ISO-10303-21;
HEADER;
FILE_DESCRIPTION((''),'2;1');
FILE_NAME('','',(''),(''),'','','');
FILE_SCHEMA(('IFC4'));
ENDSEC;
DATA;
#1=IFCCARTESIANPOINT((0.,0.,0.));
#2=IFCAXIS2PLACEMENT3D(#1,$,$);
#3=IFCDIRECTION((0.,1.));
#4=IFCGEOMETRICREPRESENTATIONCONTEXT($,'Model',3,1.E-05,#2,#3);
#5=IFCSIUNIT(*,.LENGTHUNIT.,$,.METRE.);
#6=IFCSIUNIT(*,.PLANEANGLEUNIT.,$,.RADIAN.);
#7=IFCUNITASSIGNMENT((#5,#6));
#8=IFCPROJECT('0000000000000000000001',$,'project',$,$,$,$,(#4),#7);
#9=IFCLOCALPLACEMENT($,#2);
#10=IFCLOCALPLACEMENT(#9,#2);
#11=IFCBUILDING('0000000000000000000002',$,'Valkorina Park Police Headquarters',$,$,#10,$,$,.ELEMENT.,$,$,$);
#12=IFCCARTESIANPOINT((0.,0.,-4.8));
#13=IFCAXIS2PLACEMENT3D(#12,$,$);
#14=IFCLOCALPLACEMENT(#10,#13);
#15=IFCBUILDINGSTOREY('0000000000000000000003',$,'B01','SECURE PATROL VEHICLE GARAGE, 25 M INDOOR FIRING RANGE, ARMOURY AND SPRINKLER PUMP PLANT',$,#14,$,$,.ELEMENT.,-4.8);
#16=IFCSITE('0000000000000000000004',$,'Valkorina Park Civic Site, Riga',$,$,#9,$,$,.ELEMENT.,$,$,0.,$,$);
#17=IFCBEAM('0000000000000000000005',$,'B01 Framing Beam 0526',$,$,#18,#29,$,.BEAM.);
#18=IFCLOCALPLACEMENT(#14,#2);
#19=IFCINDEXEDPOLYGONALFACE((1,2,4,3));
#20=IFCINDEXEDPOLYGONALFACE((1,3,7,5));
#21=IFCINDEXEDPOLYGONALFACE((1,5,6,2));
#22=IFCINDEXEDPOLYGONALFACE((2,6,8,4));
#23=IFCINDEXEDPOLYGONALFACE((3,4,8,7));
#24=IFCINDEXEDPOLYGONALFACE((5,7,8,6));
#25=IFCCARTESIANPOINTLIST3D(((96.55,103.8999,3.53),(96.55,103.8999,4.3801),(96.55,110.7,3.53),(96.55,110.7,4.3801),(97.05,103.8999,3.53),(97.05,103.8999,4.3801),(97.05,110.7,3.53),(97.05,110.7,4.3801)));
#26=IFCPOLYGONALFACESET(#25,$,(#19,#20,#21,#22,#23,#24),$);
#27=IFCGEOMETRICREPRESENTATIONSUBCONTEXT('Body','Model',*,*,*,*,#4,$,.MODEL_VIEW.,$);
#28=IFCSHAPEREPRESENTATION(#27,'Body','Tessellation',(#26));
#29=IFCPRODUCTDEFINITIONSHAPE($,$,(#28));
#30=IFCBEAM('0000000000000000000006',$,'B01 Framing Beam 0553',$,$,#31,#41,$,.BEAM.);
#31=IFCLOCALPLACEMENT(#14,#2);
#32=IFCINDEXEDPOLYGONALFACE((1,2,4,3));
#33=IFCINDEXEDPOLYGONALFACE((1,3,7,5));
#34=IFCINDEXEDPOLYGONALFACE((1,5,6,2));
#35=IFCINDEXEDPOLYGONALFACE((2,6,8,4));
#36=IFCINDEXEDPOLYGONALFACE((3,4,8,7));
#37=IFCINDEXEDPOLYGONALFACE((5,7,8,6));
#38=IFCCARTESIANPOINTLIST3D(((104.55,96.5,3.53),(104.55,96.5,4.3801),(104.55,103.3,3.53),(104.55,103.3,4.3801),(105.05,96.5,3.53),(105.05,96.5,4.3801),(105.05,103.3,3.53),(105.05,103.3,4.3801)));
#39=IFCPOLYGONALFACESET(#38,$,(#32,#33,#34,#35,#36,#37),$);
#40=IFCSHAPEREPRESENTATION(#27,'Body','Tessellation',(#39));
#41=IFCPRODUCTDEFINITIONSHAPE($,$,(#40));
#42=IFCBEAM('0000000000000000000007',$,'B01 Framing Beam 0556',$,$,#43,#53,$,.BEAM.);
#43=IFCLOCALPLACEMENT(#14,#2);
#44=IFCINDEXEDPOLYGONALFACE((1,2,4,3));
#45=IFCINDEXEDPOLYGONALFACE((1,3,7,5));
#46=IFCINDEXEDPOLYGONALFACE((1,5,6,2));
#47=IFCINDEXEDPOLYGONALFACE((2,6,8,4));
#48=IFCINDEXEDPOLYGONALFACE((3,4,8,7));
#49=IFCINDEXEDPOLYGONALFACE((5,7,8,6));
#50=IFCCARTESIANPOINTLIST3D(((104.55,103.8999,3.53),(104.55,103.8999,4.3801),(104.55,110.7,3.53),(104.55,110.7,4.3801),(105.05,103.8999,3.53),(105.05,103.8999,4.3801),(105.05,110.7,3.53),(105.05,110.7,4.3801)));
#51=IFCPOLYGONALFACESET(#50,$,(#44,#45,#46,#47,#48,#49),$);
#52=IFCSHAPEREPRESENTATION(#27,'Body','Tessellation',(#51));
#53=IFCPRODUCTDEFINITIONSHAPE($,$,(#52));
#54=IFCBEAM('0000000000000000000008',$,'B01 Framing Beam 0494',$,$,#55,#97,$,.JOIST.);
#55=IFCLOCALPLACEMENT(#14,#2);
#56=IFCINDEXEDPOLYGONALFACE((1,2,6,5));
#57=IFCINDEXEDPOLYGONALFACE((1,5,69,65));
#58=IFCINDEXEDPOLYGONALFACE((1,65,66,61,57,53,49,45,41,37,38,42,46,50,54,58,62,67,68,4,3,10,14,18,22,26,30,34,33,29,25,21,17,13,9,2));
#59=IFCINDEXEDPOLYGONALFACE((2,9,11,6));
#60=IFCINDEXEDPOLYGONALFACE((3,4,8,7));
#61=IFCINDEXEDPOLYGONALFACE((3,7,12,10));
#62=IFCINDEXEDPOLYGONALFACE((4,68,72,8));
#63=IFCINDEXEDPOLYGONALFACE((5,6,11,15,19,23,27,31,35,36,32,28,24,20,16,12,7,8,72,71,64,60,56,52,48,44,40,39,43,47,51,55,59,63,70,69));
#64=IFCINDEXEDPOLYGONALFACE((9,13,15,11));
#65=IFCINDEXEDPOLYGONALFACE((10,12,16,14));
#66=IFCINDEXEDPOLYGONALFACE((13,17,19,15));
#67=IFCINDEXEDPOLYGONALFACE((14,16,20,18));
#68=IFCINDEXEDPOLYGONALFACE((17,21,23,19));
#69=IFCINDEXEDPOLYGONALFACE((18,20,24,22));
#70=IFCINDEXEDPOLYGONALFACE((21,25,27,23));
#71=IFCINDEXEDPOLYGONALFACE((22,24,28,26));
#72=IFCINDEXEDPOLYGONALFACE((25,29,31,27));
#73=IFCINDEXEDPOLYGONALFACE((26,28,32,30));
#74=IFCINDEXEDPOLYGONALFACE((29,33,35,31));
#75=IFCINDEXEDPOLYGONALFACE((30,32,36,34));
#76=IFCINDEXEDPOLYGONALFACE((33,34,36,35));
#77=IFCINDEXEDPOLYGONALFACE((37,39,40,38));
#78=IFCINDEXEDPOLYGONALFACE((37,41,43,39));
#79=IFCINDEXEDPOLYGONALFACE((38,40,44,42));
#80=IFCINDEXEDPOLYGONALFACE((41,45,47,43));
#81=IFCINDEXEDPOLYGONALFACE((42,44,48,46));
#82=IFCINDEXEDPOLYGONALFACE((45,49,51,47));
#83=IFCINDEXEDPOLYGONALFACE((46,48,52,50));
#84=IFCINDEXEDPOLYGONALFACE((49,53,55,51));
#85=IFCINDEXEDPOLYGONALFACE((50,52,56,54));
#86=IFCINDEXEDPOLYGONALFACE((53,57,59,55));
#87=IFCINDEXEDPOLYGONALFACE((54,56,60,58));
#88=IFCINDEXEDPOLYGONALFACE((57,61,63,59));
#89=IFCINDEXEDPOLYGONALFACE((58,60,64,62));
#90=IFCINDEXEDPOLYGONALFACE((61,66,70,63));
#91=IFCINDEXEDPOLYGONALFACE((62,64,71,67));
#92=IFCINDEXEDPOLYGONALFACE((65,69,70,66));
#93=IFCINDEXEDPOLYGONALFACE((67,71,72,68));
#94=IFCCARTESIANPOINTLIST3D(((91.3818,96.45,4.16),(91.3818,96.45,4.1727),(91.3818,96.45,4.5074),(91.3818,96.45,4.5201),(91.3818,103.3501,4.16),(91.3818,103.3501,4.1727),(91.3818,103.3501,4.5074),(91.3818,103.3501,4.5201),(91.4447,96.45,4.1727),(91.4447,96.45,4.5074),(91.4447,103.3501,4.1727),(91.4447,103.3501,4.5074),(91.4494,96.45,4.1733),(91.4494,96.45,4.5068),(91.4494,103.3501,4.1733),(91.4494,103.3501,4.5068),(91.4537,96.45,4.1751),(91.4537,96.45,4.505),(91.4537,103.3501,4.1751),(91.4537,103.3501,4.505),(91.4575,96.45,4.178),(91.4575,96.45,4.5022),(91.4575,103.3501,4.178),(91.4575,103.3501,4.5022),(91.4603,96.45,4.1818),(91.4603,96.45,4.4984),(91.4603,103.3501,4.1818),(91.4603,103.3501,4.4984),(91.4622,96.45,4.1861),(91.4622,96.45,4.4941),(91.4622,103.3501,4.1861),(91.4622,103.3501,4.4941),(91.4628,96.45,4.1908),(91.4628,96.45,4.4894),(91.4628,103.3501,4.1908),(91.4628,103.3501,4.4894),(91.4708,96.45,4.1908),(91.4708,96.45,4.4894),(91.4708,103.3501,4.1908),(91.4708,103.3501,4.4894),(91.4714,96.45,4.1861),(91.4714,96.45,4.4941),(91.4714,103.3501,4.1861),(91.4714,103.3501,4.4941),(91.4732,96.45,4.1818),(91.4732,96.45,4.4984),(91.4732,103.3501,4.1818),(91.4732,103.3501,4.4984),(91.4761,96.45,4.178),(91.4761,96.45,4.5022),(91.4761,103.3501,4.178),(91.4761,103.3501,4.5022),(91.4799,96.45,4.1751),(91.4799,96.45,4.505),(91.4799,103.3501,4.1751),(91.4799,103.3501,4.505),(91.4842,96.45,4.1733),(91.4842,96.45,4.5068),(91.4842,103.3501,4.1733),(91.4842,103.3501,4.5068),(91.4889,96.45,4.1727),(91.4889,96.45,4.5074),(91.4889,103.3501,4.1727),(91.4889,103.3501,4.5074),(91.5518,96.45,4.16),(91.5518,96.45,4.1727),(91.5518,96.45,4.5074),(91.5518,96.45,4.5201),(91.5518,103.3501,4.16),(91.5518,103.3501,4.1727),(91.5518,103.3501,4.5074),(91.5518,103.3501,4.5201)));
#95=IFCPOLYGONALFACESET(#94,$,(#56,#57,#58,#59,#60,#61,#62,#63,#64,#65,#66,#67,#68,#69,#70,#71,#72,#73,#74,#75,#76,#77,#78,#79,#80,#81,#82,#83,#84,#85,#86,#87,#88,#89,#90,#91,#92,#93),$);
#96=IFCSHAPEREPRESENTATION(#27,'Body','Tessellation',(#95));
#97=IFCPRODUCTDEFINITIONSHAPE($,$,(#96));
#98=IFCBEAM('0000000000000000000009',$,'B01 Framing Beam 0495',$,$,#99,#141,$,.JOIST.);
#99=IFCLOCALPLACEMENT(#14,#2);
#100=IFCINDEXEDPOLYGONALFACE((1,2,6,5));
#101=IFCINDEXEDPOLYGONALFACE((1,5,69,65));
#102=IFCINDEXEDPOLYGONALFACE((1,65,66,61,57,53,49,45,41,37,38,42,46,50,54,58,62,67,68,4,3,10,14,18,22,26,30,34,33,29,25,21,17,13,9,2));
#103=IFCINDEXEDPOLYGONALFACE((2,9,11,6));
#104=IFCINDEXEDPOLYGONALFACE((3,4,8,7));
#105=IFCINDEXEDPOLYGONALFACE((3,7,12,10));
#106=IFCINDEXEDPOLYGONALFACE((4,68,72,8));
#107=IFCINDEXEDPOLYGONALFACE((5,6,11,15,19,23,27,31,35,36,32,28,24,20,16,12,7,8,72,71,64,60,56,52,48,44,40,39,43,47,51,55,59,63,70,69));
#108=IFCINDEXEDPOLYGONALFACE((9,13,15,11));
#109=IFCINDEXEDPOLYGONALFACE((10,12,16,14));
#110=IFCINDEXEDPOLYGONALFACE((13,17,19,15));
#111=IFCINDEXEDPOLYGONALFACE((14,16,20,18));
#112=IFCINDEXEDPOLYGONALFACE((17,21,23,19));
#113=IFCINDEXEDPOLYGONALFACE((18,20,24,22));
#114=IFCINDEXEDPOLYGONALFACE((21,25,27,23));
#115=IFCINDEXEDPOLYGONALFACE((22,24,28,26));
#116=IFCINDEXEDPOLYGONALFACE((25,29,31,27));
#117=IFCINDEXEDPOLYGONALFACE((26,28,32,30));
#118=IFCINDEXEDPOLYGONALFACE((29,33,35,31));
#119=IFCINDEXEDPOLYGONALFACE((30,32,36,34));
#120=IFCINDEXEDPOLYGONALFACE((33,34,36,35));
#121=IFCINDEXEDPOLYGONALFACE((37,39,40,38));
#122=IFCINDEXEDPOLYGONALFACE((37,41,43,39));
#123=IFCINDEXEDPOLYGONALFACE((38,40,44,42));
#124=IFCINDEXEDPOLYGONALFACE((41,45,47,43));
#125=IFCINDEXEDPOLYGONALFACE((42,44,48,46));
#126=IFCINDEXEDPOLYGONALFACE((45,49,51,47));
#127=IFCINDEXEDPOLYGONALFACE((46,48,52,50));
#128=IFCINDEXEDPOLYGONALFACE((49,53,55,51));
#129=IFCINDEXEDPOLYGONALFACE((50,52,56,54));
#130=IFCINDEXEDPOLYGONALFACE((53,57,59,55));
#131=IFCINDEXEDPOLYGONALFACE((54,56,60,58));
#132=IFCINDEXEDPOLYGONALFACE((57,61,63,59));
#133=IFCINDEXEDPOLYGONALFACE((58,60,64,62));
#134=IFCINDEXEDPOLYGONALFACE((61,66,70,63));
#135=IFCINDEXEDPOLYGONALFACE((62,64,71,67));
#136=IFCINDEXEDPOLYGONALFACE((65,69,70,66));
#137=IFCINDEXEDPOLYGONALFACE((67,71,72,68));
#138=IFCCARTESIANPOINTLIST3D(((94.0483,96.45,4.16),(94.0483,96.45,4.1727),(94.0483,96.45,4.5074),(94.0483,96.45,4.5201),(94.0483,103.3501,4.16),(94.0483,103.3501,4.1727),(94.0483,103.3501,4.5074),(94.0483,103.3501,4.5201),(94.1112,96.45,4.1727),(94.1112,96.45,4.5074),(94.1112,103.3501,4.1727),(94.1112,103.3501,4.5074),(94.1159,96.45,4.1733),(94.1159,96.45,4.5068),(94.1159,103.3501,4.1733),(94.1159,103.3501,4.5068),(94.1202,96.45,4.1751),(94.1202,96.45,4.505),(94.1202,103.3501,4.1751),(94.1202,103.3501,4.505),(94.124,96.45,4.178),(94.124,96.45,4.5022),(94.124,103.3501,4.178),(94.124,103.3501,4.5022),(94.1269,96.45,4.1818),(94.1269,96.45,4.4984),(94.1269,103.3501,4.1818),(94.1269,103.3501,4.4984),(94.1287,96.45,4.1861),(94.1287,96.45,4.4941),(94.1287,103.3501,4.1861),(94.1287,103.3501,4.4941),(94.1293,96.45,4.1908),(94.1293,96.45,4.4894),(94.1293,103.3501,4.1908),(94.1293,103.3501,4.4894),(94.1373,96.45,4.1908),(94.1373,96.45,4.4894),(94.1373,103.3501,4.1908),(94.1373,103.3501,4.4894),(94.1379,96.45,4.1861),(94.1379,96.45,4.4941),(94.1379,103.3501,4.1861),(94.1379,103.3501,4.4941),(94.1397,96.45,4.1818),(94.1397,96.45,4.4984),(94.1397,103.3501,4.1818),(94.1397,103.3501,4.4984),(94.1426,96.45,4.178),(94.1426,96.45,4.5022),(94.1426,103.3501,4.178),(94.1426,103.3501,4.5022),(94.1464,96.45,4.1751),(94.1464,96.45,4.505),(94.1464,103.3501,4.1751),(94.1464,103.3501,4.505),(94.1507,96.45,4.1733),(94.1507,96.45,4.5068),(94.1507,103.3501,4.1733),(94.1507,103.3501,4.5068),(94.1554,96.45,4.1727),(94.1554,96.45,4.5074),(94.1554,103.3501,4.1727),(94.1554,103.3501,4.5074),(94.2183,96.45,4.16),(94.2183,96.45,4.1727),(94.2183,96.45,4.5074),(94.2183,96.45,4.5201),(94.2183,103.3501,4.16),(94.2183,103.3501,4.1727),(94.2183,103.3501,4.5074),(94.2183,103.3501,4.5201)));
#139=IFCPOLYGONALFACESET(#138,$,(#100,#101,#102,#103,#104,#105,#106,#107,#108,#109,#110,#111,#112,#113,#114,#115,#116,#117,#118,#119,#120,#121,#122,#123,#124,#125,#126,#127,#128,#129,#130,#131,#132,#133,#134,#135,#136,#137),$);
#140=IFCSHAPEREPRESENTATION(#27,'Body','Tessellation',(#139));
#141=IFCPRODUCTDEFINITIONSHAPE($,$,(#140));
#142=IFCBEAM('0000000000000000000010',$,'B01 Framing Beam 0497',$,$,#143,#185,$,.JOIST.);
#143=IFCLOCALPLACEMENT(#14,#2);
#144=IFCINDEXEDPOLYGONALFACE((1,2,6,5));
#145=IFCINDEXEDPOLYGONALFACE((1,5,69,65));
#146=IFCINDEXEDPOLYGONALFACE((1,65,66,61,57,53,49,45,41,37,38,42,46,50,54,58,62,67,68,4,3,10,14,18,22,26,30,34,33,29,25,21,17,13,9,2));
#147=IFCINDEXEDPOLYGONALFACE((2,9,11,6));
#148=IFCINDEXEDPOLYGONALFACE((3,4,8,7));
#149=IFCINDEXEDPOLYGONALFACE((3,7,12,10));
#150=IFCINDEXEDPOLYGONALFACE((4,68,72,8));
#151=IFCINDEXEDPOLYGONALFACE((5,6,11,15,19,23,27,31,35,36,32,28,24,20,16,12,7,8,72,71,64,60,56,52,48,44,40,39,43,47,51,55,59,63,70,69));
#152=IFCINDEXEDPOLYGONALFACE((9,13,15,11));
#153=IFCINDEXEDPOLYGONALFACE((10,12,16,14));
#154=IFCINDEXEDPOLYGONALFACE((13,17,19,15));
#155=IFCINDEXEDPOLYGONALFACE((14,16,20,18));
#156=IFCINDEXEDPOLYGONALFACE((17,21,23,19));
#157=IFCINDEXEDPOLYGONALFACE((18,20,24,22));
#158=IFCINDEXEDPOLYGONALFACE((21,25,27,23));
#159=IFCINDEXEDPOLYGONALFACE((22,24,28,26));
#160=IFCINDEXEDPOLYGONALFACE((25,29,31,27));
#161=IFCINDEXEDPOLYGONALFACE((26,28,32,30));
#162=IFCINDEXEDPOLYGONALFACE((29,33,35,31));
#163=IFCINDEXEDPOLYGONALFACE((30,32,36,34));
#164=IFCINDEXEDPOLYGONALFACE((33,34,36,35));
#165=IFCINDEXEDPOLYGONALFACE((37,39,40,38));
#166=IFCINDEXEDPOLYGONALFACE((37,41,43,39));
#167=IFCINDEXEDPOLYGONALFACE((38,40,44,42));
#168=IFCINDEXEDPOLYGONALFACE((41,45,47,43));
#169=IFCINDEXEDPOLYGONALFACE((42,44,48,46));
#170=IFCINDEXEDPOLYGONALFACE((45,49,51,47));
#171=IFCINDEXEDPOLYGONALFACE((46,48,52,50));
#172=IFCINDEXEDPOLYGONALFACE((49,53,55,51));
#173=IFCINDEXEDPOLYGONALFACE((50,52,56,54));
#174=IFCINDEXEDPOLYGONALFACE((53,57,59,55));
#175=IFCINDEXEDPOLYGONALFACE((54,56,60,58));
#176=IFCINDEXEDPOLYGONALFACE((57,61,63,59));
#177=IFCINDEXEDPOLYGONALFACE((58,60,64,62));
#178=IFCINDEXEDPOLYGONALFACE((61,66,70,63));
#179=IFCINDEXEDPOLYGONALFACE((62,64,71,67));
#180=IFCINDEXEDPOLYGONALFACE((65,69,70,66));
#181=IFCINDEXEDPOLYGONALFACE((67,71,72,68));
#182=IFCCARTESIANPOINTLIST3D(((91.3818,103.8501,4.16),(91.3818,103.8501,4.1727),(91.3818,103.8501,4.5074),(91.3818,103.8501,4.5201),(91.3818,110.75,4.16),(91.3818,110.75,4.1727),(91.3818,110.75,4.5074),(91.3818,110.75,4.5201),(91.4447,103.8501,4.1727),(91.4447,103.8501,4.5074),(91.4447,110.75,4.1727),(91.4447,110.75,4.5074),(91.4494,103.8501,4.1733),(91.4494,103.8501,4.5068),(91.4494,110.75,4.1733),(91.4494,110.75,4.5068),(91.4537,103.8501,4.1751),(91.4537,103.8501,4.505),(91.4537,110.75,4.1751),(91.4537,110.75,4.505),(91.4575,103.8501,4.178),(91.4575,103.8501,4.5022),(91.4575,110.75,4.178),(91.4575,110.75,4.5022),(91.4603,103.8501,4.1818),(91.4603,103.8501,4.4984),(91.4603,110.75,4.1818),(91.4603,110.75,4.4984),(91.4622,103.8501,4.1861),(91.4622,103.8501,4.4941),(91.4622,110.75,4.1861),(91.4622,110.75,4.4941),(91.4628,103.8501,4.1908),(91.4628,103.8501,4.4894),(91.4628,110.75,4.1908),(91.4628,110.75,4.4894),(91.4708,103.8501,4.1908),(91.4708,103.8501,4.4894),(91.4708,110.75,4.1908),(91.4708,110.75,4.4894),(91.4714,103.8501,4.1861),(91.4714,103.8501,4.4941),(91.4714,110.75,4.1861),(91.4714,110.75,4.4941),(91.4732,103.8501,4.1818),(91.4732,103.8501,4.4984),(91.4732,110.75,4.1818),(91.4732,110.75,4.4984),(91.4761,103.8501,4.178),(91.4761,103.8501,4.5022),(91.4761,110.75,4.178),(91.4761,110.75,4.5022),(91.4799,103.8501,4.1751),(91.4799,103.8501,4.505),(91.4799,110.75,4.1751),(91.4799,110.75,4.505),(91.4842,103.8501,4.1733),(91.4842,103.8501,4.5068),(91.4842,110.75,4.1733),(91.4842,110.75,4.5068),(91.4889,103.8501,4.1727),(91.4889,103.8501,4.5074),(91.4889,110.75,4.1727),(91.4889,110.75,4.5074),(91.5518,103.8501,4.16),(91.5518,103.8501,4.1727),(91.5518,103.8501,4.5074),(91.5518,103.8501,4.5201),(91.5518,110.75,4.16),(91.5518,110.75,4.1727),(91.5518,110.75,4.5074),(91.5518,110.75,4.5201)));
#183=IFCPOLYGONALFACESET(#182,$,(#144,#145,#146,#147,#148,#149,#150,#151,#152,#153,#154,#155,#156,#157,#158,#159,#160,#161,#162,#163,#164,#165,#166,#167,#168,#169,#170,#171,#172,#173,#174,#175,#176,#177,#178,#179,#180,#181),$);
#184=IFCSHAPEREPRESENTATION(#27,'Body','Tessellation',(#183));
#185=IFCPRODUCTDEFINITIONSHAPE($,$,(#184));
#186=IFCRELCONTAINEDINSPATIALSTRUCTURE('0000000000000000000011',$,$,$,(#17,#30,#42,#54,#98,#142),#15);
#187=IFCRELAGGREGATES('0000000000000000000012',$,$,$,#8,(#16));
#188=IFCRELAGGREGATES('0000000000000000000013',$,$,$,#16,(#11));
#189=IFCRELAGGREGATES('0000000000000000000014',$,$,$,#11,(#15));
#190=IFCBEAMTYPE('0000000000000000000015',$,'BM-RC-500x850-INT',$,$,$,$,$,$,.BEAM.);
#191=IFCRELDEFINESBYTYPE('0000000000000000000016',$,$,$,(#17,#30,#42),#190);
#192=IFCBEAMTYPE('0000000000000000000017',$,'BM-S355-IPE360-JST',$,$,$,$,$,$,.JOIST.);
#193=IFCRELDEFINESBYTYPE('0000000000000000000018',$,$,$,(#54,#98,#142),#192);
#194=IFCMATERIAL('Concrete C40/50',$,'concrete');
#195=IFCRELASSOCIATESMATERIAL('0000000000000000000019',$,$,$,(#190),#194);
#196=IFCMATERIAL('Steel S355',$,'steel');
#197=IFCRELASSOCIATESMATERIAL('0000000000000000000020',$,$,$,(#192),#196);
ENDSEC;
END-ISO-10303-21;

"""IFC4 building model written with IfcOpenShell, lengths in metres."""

from ifc_helpers import new_model, si_unit, direction, frame, origin, origin_2d, place, context, subcontext, project, spatial, rectangle, i_section, extrude, material, material_profile, profile_set, type_object, element, save


model = new_model("IFC4")

# Units and contexts
model_context = context("Model", 3, precision=1e-05, world=origin(), true_north=direction((0.0, 1.0)))
body_context = subcontext(model_context, "Body", "Model", "MODEL_VIEW")
ifc_project = project(units=[si_unit("LENGTHUNIT", "METRE"), si_unit("PLANEANGLEUNIT", "RADIAN")], contexts=[model_context])

# Site, building, storey
site_placement = place(None, origin())
site = spatial("IfcSite", under=ifc_project, at=site_placement, Name="Valkorina Park Civic Site, Riga", CompositionType="ELEMENT", RefElevation=0.0)
building_placement = place(site_placement, origin())
building = spatial("IfcBuilding", under=site, at=building_placement, Name="Valkorina Park Police Headquarters", CompositionType="ELEMENT")
storey_placement = place(building_placement, frame((0.0, 0.0, -4.8)))
storey = spatial("IfcBuildingStorey", under=building, at=storey_placement, Name="B01", Description="SECURE PATROL VEHICLE GARAGE, 25 M INDOOR FIRING RANGE, ARMOURY AND SPRINKLER PUMP PLANT", CompositionType="ELEMENT", Elevation=-4.8)

# Shared definitions
ifc_material_1 = material(Name="Concrete C40/50", Category="concrete")

# Beams
ifc_material_profile_1 = material_profile(ifc_material_1, rectangle(XDim=0.5, YDim=0.8501, at=origin_2d()), Name="RC BEAM 500x850")
ifc_profile_set_1 = profile_set([ifc_material_profile_1], Name="Concrete C40/50")
beam_type_1 = type_object("IfcBeamType", Name="BM-RC-500x850-INT", PredefinedType="BEAM", material=ifc_profile_set_1)
for number, where, z_axis, x_axis, name in (
    (1, (96.8, 103.8999, 3.9551), (0.0, 1.0, 0.0), (-1.0, 0.0, 0.0), "B01 Framing Beam 0526"),
    (2, (104.8, 96.5, 3.9551), (0.0, 1.0, 0.0), (-1.0, 0.0, 0.0), "B01 Framing Beam 0553"),
    (3, (104.8, 103.8999, 3.9551), (0.0, 1.0, 0.0), (-1.0, 0.0, 0.0), "B01 Framing Beam 0556"),
):
    element("IfcBeam", number, at=place(storey_placement, frame(where, z_axis=z_axis, x_axis=x_axis)), inside=storey, type_object=beam_type_1, Name=name, PredefinedType="BEAM", context=body_context, shape_type="SweptSolid", body=[
        extrude(rectangle(XDim=0.5, YDim=0.8501, at=origin_2d()), origin(), (0.0, 0.0, 1.0), 6.8),
    ])
ifc_material_2 = material(Name="Steel S355", Category="steel")
ifc_material_profile_2 = material_profile(ifc_material_2, i_section(OverallWidth=0.1699, OverallDepth=0.3601, WebThickness=0.0081, FlangeThickness=0.0127, FilletRadius=0.0181, at=origin_2d()), Name="IPE 360")
ifc_profile_set_2 = profile_set([ifc_material_profile_2], Name="Steel S355")
beam_type_2 = type_object("IfcBeamType", Name="BM-S355-IPE360-JST", PredefinedType="JOIST", material=ifc_profile_set_2)
for number, where, z_axis, x_axis, name in (
    (4, (91.4668, 96.45, 4.3401), (0.0, 1.0, 0.0), (-1.0, 0.0, 0.0), "B01 Framing Beam 0494"),
    (5, (94.1333, 96.45, 4.3401), (0.0, 1.0, 0.0), (-1.0, 0.0, 0.0), "B01 Framing Beam 0495"),
):
    element("IfcBeam", number, at=place(storey_placement, frame(where, z_axis=z_axis, x_axis=x_axis)), inside=storey, type_object=beam_type_2, Name=name, PredefinedType="JOIST", context=body_context, shape_type="SweptSolid", body=[
        extrude(i_section(OverallWidth=0.1699, OverallDepth=0.3601, WebThickness=0.0081, FlangeThickness=0.0127, FilletRadius=0.0181, at=origin_2d()), origin(), (0.0, 0.0, 1.0), 6.9001),
    ])
for number, where, z_axis, x_axis, name in (
    (6, (91.4668, 103.8501, 4.3401), (0.0, 1.0, 0.0), (-1.0, 0.0, 0.0), "B01 Framing Beam 0497"),
):
    element("IfcBeam", number, at=place(storey_placement, frame(where, z_axis=z_axis, x_axis=x_axis)), inside=storey, type_object=beam_type_2, Name=name, PredefinedType="JOIST", context=body_context, shape_type="SweptSolid", body=[
        extrude(i_section(OverallWidth=0.1699, OverallDepth=0.3601, WebThickness=0.0081, FlangeThickness=0.0127, FilletRadius=0.0181, at=origin_2d()), origin(), (0.0, 0.0, 1.0), 6.8999),
    ])

save(model, "model.ifc")
